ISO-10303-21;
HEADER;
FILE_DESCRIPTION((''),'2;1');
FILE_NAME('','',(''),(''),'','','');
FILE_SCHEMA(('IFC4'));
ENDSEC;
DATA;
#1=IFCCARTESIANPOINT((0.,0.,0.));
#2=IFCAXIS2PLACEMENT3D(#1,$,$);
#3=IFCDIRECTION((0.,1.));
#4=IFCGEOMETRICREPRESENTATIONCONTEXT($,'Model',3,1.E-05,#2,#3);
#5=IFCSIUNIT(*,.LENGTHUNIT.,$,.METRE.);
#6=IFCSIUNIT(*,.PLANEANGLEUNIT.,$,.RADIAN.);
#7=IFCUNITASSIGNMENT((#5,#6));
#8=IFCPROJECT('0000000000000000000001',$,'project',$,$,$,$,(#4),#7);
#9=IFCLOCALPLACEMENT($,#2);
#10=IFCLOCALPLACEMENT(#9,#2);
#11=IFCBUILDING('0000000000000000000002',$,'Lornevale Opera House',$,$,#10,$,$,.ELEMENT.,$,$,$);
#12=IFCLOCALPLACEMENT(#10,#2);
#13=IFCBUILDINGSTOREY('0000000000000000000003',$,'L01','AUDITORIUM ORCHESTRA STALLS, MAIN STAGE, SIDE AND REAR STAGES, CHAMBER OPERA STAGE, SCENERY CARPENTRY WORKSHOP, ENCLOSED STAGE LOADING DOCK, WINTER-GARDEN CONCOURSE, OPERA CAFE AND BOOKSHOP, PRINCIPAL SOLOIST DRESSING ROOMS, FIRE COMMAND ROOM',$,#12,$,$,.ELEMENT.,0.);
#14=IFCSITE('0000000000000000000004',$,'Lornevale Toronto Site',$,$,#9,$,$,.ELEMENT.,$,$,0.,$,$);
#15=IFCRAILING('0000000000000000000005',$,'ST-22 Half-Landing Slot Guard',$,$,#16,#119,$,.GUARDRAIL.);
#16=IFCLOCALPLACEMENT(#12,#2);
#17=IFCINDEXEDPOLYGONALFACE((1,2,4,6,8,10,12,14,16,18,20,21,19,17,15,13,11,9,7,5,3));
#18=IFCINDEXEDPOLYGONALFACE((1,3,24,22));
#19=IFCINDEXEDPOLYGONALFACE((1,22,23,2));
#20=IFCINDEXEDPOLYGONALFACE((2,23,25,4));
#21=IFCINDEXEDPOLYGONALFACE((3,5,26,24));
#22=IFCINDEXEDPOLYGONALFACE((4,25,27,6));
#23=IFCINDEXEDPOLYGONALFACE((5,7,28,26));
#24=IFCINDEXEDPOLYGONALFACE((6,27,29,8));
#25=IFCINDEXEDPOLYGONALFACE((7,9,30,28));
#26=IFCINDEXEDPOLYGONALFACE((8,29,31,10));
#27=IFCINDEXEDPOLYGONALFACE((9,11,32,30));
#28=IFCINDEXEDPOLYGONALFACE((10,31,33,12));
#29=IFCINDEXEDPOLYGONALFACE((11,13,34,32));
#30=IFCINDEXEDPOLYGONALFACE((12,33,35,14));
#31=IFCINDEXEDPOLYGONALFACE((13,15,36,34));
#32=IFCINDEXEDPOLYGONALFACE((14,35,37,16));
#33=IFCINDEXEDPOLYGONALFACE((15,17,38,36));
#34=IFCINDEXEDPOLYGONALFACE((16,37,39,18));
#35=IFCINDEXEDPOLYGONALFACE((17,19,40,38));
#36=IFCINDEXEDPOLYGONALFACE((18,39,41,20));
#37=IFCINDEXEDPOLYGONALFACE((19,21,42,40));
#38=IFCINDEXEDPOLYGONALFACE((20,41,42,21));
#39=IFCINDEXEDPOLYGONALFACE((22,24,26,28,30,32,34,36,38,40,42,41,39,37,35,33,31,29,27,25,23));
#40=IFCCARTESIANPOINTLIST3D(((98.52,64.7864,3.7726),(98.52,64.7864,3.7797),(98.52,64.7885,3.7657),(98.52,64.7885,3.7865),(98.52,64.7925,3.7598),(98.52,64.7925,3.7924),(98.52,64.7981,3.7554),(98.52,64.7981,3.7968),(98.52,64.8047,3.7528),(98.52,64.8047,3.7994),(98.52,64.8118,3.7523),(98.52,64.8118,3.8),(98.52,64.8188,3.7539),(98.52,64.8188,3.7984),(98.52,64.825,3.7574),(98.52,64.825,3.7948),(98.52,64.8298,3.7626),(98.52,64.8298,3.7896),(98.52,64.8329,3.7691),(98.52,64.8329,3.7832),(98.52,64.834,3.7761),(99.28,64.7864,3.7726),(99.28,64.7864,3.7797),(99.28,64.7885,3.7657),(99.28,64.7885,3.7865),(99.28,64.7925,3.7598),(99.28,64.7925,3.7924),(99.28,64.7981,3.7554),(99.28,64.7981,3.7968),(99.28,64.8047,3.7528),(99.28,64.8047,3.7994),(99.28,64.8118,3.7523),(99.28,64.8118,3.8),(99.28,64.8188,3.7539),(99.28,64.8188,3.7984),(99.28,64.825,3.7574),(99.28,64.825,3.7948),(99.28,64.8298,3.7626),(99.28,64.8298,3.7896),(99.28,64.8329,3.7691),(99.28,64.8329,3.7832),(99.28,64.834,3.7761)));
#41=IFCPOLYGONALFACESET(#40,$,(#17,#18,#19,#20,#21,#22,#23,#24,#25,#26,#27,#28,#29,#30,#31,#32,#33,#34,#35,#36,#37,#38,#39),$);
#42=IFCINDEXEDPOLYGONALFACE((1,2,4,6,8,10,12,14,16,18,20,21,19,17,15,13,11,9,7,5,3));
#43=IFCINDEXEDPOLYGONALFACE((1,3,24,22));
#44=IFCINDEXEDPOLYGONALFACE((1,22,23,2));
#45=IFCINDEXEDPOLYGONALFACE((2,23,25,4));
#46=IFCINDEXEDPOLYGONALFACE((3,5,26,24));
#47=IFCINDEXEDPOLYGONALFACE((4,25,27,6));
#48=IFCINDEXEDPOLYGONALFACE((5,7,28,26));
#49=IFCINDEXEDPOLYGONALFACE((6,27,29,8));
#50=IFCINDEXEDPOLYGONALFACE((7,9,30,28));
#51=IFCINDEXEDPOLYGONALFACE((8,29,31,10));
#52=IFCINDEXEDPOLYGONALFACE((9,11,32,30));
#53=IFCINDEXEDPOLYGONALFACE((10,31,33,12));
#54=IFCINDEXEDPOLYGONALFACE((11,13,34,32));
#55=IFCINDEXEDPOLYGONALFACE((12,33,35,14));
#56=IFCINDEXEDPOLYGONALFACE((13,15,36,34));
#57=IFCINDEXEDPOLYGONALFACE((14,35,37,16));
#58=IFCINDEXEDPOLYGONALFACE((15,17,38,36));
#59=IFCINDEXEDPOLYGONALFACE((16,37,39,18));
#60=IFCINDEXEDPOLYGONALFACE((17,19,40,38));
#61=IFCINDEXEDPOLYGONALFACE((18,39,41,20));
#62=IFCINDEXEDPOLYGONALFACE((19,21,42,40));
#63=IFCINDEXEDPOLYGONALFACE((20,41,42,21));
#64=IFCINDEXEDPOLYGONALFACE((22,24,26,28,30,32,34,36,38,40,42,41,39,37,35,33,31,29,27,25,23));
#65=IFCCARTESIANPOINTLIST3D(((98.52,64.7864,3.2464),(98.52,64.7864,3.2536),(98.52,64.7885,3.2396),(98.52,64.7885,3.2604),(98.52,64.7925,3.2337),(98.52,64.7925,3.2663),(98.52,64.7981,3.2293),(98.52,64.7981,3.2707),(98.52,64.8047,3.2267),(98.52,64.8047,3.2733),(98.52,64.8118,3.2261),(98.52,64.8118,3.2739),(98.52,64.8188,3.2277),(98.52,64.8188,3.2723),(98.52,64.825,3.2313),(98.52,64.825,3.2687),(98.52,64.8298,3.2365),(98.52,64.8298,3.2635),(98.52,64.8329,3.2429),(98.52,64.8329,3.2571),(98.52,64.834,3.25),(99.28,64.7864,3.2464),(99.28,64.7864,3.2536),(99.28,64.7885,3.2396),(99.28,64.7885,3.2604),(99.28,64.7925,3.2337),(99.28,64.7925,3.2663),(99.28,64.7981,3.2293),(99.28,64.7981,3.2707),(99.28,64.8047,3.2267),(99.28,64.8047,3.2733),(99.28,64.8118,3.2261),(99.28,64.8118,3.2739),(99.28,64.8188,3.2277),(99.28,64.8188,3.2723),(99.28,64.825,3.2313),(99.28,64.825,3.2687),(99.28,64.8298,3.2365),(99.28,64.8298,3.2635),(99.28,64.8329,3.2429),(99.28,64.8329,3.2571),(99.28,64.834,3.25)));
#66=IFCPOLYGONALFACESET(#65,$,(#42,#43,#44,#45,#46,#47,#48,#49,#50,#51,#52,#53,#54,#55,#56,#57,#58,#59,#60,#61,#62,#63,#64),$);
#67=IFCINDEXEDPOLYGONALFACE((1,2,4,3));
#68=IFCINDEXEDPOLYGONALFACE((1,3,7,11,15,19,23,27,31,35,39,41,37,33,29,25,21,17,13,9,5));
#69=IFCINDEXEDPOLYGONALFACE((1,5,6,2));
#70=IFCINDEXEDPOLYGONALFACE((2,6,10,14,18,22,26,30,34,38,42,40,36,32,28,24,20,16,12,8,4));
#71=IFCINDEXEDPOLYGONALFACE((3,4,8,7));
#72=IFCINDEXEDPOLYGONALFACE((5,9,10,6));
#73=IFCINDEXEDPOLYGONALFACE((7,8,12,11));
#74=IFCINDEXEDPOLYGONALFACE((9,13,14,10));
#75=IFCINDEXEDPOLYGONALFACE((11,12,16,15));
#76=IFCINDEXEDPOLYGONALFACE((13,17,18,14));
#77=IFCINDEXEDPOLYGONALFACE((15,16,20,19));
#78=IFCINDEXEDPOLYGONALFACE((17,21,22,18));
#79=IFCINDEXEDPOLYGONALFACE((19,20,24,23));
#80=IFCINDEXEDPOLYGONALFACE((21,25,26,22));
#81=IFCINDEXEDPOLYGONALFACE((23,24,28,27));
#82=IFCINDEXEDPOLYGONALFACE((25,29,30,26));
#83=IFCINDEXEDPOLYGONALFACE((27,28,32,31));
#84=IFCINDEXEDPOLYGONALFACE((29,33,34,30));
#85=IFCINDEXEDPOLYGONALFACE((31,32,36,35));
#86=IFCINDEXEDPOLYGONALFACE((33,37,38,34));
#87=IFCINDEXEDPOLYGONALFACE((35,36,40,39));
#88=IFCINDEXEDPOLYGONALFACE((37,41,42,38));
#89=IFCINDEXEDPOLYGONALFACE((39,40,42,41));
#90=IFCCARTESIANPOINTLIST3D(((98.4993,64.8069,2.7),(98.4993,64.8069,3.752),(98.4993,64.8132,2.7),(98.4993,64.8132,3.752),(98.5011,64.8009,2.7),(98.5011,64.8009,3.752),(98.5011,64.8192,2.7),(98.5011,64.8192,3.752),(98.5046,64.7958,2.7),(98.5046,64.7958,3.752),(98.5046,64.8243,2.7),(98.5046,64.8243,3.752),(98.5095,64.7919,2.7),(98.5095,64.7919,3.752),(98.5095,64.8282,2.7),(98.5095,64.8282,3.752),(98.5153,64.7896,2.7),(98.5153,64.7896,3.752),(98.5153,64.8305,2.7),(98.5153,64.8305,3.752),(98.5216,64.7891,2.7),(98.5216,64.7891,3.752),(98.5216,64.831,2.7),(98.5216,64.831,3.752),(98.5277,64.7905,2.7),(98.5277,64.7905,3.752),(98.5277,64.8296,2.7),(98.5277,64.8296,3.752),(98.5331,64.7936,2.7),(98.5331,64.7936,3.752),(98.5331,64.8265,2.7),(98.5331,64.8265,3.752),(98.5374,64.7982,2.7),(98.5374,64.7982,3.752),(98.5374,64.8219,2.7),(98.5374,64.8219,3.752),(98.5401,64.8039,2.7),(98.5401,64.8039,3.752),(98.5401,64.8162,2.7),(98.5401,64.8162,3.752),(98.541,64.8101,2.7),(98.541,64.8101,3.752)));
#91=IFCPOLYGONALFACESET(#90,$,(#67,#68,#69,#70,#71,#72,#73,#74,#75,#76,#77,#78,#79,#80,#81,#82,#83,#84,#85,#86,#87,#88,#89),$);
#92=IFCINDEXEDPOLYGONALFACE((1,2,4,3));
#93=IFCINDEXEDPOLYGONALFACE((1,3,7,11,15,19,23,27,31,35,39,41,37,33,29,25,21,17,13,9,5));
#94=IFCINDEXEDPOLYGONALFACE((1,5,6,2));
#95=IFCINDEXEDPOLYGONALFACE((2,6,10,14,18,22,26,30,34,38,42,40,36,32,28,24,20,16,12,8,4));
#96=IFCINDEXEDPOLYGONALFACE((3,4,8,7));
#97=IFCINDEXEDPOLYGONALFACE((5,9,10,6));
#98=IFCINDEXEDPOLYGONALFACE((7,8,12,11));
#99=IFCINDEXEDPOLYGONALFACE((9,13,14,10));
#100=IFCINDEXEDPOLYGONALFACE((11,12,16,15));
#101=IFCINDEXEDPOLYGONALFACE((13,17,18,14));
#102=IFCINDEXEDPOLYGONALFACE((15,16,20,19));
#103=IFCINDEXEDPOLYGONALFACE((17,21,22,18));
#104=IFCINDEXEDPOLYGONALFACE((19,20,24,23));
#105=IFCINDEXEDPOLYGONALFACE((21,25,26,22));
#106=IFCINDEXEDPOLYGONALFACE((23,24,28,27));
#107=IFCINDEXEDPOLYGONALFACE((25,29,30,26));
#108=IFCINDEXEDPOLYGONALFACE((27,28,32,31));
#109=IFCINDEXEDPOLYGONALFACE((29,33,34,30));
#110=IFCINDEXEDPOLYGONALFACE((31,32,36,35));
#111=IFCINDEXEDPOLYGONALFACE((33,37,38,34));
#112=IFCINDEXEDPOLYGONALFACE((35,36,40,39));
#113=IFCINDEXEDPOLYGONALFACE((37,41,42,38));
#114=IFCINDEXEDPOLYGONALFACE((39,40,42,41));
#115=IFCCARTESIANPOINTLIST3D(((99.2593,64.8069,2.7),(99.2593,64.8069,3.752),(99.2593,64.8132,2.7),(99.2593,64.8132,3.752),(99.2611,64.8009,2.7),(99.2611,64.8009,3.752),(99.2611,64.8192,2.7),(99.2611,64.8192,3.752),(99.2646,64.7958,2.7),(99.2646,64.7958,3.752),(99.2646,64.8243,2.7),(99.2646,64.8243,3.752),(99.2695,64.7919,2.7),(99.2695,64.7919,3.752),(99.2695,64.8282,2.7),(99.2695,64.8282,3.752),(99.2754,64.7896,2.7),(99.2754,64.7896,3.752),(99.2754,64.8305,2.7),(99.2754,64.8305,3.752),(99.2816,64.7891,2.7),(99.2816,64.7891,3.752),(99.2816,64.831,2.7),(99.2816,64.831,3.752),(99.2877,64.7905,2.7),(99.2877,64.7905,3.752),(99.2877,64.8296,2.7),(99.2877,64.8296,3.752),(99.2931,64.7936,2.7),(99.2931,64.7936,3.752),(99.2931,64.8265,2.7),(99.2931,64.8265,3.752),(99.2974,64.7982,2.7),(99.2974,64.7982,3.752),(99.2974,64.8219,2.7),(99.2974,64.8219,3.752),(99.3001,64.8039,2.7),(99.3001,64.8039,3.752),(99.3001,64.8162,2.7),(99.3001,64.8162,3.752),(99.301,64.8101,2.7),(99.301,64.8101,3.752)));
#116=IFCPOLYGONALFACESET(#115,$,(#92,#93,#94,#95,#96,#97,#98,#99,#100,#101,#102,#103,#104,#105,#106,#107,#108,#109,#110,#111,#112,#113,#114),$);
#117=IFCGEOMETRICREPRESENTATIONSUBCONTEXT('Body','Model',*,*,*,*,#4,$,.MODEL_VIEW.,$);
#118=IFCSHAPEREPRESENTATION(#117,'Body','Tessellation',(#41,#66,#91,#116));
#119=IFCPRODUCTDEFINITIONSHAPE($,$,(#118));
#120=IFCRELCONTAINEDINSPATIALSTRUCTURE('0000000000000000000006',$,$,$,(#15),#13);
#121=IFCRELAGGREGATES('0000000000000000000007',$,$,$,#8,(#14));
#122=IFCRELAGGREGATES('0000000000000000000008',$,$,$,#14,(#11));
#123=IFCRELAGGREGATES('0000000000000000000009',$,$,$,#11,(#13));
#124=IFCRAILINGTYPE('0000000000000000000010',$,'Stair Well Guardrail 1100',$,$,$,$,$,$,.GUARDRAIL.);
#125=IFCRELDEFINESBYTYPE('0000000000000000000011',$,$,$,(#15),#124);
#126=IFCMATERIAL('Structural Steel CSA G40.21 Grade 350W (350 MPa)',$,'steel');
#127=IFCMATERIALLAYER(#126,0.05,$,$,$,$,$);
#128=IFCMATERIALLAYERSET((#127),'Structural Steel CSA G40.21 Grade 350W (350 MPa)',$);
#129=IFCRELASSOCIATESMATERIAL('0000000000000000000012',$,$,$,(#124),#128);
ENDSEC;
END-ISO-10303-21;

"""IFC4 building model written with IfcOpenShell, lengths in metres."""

from ifc_helpers import new_model, si_unit, direction, frame, origin, origin_2d, place, context, subcontext, project, spatial, circle, extrude, material, layer, layer_set, type_object, element, save


model = new_model("IFC4")

# Units and contexts
model_context = context("Model", 3, precision=1e-05, world=origin(), true_north=direction((0.0, 1.0)))
body_context = subcontext(model_context, "Body", "Model", "MODEL_VIEW")
ifc_project = project(units=[si_unit("LENGTHUNIT", "METRE"), si_unit("PLANEANGLEUNIT", "RADIAN")], contexts=[model_context])

# Site, building, storey
site_placement = place(None, origin())
site = spatial("IfcSite", under=ifc_project, at=site_placement, Name="Lornevale Toronto Site", CompositionType="ELEMENT", RefElevation=0.0)
building_placement = place(site_placement, origin())
building = spatial("IfcBuilding", under=site, at=building_placement, Name="Lornevale Opera House", CompositionType="ELEMENT")
storey_placement = place(building_placement, origin())
storey = spatial("IfcBuildingStorey", under=building, at=storey_placement, Name="L01", Description="AUDITORIUM ORCHESTRA STALLS, MAIN STAGE, SIDE AND REAR STAGES, CHAMBER OPERA STAGE, SCENERY CARPENTRY WORKSHOP, ENCLOSED STAGE LOADING DOCK, WINTER-GARDEN CONCOURSE, OPERA CAFE AND BOOKSHOP, PRINCIPAL SOLOIST DRESSING ROOMS, FIRE COMMAND ROOM", CompositionType="ELEMENT", Elevation=0.0)

# Railing
ifc_material_1 = material(Name="Structural Steel CSA G40.21 Grade 350W (350 MPa)", Category="steel")
ifc_layer_1 = layer(ifc_material_1, 0.05)
ifc_layer_set_1 = layer_set([ifc_layer_1], Name="Structural Steel CSA G40.21 Grade 350W (350 MPa)")
railing_type_1 = type_object("IfcRailingType", Name="Stair Well Guardrail 1100", PredefinedType="GUARDRAIL", material=ifc_layer_set_1)
railing_1_placement = place(storey_placement, frame((98.52, 64.8101, 2.7)))
element("IfcRailing", 1, at=railing_1_placement, inside=storey, type_object=railing_type_1, Name="ST-22 Half-Landing Slot Guard", PredefinedType="GUARDRAIL", context=body_context, shape_type="SweptSolid", body=[
    extrude(circle(Radius=0.0239, at=origin_2d()), frame((0.0, 0.0, 1.0762), z_axis=(1.0, 0.0, 0.0), x_axis=(0.0, 1.0, 0.0)), (0.0, 0.0, 1.0), 0.76),
    extrude(circle(Radius=0.0239, at=origin_2d()), frame((0.0, 0.0, 0.55), z_axis=(1.0, 0.0, 0.0), x_axis=(0.0, 1.0, 0.0)), (0.0, 0.0, 1.0), 0.76),
    extrude(circle(Radius=0.021, at=origin_2d()), origin(), (0.0, 0.0, 1.0), 1.052),
    extrude(circle(Radius=0.021, at=origin_2d()), frame((0.76, 0.0, 0.0)), (0.0, 0.0, 1.0), 1.052),
])

save(model, "model.ifc")
